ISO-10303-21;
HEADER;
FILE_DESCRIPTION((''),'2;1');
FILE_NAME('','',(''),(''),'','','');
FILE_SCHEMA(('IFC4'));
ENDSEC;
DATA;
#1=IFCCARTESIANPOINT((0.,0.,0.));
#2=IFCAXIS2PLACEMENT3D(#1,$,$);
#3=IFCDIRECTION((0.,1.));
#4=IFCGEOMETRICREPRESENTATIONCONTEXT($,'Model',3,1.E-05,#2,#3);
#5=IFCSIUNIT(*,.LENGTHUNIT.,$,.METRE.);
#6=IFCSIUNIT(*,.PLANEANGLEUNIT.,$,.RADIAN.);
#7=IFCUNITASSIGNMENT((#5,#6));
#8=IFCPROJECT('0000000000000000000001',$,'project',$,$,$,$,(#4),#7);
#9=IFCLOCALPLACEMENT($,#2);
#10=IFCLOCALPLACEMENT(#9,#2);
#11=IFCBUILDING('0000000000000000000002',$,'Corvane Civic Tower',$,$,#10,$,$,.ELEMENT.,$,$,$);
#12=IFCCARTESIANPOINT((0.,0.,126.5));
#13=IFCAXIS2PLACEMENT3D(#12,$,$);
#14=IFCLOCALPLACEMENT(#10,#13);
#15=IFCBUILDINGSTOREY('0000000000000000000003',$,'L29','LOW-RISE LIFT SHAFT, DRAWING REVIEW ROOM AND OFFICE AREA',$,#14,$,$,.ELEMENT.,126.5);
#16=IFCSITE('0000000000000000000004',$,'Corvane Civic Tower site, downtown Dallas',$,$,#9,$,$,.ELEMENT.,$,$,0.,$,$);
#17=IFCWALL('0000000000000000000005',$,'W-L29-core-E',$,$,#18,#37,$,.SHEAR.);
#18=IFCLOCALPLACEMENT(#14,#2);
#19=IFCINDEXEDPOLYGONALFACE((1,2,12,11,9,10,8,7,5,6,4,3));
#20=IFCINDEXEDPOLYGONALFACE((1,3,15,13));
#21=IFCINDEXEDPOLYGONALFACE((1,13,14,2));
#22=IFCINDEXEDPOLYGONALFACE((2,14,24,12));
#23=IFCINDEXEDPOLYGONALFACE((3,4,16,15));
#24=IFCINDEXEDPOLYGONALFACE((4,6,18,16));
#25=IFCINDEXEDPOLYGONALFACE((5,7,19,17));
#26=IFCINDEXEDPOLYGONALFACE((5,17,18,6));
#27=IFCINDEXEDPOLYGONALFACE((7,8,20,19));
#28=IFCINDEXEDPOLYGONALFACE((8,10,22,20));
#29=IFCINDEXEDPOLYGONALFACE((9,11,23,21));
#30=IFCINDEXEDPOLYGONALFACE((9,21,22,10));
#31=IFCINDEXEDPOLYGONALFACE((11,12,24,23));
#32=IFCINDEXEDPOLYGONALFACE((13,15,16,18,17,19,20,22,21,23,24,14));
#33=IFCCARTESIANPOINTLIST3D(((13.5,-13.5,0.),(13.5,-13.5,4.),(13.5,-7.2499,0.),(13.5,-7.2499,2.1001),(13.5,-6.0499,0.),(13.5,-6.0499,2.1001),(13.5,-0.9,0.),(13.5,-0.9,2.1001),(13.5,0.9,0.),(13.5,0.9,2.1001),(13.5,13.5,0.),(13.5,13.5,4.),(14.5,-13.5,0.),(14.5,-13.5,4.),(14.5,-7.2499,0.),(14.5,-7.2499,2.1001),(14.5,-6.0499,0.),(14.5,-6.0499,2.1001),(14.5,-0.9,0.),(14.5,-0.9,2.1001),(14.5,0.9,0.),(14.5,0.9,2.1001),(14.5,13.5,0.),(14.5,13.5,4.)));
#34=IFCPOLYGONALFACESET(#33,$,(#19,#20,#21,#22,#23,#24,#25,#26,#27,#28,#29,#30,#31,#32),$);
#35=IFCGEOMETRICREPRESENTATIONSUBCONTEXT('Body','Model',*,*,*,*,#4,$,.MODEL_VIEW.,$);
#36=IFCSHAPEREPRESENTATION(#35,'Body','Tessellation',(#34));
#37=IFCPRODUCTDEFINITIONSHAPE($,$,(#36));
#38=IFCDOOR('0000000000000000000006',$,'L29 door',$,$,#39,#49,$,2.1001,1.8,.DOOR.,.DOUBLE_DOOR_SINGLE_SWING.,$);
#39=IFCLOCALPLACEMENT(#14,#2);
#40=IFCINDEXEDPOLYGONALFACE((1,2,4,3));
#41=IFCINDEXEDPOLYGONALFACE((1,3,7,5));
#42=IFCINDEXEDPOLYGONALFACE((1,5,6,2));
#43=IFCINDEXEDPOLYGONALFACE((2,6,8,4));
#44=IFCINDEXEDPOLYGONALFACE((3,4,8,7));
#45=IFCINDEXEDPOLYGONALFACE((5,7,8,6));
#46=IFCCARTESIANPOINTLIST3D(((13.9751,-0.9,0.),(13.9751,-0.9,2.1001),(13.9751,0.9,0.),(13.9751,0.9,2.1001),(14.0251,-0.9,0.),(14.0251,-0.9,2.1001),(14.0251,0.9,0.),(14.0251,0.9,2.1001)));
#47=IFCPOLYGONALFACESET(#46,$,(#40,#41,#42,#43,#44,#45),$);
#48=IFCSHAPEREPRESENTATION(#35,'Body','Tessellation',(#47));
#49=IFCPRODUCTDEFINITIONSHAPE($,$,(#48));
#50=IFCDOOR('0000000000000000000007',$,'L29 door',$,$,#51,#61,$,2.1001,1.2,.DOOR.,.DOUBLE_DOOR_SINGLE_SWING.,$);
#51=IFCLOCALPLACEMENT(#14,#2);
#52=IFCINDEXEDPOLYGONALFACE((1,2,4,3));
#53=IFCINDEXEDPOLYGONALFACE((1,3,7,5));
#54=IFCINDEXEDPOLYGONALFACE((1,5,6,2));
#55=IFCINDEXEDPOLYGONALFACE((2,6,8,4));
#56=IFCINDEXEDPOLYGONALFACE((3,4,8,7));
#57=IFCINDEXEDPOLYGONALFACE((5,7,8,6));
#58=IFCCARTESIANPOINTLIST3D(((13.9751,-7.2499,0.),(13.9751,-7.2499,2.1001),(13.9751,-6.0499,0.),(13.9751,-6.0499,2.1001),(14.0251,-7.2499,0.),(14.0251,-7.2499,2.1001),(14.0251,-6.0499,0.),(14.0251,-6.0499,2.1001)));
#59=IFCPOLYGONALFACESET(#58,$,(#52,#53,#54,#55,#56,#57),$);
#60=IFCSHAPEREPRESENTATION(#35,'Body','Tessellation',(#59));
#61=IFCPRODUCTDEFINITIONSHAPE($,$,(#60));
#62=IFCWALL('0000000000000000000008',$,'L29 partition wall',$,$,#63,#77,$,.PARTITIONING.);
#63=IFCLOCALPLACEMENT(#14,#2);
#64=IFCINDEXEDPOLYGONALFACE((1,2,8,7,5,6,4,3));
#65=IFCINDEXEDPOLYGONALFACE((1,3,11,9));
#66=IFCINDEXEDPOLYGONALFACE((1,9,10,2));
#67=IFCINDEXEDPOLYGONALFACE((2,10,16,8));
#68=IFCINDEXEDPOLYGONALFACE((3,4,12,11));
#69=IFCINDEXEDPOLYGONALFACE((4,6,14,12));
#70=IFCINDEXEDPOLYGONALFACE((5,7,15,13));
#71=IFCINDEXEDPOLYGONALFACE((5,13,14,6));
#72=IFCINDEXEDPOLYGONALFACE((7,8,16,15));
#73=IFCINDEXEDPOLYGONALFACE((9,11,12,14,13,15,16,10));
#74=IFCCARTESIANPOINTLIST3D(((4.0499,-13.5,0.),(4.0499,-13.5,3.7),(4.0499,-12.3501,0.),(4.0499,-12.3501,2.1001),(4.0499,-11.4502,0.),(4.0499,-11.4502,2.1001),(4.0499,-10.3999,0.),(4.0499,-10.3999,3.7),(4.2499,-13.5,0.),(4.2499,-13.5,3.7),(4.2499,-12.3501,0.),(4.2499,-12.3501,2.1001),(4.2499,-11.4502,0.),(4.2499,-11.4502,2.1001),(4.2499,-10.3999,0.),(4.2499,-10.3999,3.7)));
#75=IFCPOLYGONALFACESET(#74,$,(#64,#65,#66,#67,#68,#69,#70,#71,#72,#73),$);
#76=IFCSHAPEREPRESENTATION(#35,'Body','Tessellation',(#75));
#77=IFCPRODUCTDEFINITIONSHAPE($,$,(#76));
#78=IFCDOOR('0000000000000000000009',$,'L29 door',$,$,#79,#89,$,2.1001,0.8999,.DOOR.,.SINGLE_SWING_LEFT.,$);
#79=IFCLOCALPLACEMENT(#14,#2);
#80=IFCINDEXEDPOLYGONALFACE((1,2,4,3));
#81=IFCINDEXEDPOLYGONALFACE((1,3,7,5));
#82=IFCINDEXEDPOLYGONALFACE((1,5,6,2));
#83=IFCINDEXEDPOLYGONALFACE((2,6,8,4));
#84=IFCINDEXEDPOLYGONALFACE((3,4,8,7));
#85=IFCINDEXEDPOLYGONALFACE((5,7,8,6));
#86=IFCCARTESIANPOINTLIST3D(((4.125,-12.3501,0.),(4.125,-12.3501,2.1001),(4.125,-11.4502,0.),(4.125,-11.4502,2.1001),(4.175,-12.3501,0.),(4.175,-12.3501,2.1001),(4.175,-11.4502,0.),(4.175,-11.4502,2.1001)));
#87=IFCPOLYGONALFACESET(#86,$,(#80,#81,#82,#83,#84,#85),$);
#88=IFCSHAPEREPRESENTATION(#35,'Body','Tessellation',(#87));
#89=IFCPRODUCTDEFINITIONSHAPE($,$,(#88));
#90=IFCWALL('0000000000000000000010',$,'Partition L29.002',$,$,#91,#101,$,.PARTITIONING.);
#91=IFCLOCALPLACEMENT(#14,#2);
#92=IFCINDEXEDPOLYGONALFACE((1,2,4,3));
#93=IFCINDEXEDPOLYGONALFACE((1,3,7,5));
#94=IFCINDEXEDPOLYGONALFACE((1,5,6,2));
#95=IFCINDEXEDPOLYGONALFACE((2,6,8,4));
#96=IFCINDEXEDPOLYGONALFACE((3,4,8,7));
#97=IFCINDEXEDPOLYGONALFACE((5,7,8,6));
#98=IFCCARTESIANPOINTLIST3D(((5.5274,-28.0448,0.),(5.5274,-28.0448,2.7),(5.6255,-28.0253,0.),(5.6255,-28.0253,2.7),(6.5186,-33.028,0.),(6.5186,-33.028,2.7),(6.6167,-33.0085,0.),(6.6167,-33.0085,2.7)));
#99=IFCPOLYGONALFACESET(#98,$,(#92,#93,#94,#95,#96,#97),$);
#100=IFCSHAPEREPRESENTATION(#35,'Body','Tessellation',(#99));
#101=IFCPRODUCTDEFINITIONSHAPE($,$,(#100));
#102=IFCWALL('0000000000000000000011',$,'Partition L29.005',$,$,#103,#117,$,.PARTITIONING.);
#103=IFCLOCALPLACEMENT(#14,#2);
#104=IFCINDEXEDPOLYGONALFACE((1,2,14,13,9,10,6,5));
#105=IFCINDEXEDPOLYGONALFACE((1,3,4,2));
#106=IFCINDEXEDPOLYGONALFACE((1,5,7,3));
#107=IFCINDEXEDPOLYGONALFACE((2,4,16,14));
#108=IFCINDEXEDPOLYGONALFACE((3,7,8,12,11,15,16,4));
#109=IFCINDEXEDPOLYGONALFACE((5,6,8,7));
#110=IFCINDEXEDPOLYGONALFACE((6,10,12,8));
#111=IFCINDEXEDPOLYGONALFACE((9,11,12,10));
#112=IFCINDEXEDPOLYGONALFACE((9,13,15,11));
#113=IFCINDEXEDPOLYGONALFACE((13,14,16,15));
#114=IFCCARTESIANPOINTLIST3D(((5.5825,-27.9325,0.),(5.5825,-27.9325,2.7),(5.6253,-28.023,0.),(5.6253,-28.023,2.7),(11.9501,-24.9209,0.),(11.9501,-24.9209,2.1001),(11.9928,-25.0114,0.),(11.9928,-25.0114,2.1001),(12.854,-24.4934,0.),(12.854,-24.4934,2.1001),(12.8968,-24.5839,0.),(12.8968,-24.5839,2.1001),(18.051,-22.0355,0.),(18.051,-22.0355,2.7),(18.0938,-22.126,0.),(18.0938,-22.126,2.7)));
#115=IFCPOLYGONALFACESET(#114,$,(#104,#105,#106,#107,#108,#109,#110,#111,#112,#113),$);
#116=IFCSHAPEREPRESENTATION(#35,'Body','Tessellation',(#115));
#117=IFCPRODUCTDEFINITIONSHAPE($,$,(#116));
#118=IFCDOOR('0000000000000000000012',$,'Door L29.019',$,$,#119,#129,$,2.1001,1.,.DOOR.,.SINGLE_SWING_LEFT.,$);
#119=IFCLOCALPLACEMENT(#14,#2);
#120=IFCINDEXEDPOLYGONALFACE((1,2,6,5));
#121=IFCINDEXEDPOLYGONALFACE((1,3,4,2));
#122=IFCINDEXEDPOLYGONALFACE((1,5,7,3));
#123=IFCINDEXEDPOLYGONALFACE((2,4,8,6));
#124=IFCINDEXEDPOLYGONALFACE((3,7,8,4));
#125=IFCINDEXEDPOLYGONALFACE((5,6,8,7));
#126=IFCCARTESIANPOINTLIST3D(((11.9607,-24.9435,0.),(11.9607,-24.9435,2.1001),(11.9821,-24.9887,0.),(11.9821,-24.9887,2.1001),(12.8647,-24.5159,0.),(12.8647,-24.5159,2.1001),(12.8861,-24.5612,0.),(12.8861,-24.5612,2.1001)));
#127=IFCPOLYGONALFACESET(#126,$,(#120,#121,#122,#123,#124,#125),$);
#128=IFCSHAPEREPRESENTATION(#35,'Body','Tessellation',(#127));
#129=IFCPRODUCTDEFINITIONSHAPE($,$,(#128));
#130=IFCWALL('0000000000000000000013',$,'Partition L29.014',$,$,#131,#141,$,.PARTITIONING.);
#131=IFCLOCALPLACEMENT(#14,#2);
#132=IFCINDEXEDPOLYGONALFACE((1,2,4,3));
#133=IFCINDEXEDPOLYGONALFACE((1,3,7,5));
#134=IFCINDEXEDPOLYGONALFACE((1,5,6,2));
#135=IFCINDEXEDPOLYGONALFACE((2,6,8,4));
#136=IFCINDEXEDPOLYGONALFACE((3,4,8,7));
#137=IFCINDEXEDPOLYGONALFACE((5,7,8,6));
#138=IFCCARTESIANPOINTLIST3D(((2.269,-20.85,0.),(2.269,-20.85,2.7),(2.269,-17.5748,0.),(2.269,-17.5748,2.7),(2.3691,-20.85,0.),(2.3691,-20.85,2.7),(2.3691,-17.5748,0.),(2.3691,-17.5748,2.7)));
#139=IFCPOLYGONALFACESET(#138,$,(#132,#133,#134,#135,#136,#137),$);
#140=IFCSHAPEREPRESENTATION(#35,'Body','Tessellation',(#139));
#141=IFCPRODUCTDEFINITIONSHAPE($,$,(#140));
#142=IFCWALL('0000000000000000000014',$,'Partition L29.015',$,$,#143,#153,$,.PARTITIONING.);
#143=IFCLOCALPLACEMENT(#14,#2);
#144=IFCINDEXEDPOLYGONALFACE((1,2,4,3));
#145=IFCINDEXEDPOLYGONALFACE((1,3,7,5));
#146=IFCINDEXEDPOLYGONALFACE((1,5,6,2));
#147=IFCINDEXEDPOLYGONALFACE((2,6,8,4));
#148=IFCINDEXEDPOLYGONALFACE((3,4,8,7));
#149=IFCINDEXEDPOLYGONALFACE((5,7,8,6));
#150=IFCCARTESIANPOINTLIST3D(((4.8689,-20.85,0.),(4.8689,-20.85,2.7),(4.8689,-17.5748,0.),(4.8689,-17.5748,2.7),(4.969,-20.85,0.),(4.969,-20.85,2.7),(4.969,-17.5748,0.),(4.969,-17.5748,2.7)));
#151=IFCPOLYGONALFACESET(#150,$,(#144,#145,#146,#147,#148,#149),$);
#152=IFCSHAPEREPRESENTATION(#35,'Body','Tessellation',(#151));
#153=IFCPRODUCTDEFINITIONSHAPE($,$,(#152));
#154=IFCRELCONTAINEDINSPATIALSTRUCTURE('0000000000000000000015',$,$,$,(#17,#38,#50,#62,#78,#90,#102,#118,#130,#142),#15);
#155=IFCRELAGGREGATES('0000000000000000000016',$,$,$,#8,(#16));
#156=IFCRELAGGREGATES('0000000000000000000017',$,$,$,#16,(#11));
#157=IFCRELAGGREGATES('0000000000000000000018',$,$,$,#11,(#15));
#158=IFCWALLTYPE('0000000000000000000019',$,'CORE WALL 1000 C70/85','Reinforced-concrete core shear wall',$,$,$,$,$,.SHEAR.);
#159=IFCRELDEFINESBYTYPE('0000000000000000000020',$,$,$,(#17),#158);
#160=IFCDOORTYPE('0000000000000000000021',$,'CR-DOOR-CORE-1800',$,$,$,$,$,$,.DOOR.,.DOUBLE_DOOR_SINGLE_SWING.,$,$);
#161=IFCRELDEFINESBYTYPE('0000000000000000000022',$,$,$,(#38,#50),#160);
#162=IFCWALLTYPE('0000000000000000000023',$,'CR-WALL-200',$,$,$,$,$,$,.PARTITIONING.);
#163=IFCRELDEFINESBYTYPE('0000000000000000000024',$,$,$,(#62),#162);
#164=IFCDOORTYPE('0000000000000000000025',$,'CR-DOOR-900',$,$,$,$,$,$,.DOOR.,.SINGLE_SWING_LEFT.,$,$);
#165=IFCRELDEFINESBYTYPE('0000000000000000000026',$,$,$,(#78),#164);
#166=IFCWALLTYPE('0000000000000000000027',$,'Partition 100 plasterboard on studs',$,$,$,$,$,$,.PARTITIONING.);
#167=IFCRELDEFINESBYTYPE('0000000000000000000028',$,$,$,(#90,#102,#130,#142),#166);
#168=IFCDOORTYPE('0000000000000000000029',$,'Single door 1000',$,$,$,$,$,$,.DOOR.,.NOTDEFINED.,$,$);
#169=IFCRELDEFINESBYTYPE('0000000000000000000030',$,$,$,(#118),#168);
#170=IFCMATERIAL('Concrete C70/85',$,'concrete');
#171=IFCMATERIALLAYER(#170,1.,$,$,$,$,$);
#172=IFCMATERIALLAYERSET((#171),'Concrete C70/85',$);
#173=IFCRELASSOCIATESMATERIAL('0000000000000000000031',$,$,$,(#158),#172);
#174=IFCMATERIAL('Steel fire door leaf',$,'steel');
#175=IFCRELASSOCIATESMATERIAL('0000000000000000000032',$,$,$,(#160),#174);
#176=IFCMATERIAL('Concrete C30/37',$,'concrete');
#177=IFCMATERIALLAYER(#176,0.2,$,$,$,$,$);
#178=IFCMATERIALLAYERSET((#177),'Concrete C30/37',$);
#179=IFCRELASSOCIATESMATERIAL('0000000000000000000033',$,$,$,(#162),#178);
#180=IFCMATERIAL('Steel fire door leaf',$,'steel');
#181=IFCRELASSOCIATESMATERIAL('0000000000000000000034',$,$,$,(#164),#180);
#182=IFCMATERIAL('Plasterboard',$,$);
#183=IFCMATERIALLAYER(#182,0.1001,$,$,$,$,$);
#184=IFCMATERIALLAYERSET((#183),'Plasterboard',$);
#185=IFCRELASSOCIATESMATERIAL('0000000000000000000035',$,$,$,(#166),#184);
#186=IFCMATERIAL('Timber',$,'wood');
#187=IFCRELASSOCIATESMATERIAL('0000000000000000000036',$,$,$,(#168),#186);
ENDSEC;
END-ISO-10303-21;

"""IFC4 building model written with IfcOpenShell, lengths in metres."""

from ifc_helpers import new_model, si_unit, direction, frame, frame_2d, origin, place, context, subcontext, project, spatial, rectangle, extrude, material, layer, layer_set, type_object, element, fill, save


model = new_model("IFC4")

# Units and contexts
model_context = context("Model", 3, precision=1e-05, world=origin(), true_north=direction((0.0, 1.0)))
body_context = subcontext(model_context, "Body", "Model", "MODEL_VIEW")
ifc_project = project(units=[si_unit("LENGTHUNIT", "METRE"), si_unit("PLANEANGLEUNIT", "RADIAN")], contexts=[model_context])

# Site, building, storey
site_placement = place(None, origin())
site = spatial("IfcSite", under=ifc_project, at=site_placement, Name="Corvane Civic Tower site, downtown Dallas", CompositionType="ELEMENT", RefElevation=0.0)
building_placement = place(site_placement, origin())
building = spatial("IfcBuilding", under=site, at=building_placement, Name="Corvane Civic Tower", CompositionType="ELEMENT")
storey_placement = place(building_placement, frame((0.0, 0.0, 126.5)))
storey = spatial("IfcBuildingStorey", under=building, at=storey_placement, Name="L29", Description="LOW-RISE LIFT SHAFT, DRAWING REVIEW ROOM AND OFFICE AREA", CompositionType="ELEMENT", Elevation=126.5)

# Wall, openings, doors
ifc_material_1 = material(Name="Concrete C70/85", Category="concrete")
ifc_layer_1 = layer(ifc_material_1, 1.0)
ifc_layer_set_1 = layer_set([ifc_layer_1], Name="Concrete C70/85")
wall_type_1 = type_object("IfcWallType", Name="CORE WALL 1000 C70/85", Description="Reinforced-concrete core shear wall", PredefinedType="SHEAR", material=ifc_layer_set_1)
wall_1_placement = place(storey_placement, frame((14.0, -13.5, 0.0), z_axis=(0.0, 0.0, 1.0), x_axis=(0.0, 1.0, 0.0)))
wall_1 = element("IfcWall", 1, at=wall_1_placement, inside=storey, type_object=wall_type_1, Name="W-L29-core-E", PredefinedType="SHEAR", context=body_context, shape_type="SweptSolid", body=[
    extrude(rectangle(XDim=27.0, YDim=1.0, at=frame_2d((13.5, 0.0))), origin(), (0.0, 0.0, 1.0), 4.0),
])
opening_1_placement = place(wall_1_placement, frame((12.6001, 0.0, 0.0)))
opening_1 = element("IfcOpeningElement", 2, at=opening_1_placement, cuts=wall_1, PredefinedType="OPENING", context=body_context, shape_type="SweptSolid", body=[
    extrude(rectangle(XDim=1.8, YDim=2.1001, at=frame_2d((0.8999, 1.05))), frame((0.0, 0.51, 0.0), z_axis=(0.0, -1.0, 0.0), x_axis=(1.0, 0.0, 0.0)), (0.0, 0.0, 1.0), 1.02),
])
opening_2_placement = place(wall_1_placement, frame((6.25, 0.0, 0.0)))
opening_2 = element("IfcOpeningElement", 3, at=opening_2_placement, cuts=wall_1, PredefinedType="OPENING", context=body_context, shape_type="SweptSolid", body=[
    extrude(rectangle(XDim=1.2, YDim=2.1001, at=frame_2d((0.6001, 1.05))), frame((0.0, 0.51, 0.0), z_axis=(0.0, -1.0, 0.0), x_axis=(1.0, 0.0, 0.0)), (0.0, 0.0, 1.0), 1.02),
])
ifc_material_2 = material(Name="Steel fire door leaf", Category="steel")
door_type_1 = type_object("IfcDoorType", Name="CR-DOOR-CORE-1800", OperationType="DOUBLE_DOOR_SINGLE_SWING", PredefinedType="DOOR", material=ifc_material_2)
door_1_placement = place(opening_1_placement, origin())
door_1 = element("IfcDoor", 4, at=door_1_placement, inside=storey, type_object=door_type_1, Name="L29 door", OperationType="DOUBLE_DOOR_SINGLE_SWING", OverallHeight=2.1001, OverallWidth=1.8, PredefinedType="DOOR", context=body_context, shape_type="SweptSolid", body=[
    extrude(rectangle(XDim=1.8, YDim=2.1001, at=frame_2d((0.8999, 1.05))), frame((0.0, 0.0249, 0.0), z_axis=(0.0, -1.0, 0.0), x_axis=(1.0, 0.0, 0.0)), (0.0, 0.0, 1.0), 0.05),
])
fill(opening_1, door_1)
door_2_placement = place(opening_2_placement, origin())
door_2 = element("IfcDoor", 5, at=door_2_placement, inside=storey, type_object=door_type_1, Name="L29 door", OperationType="DOUBLE_DOOR_SINGLE_SWING", OverallHeight=2.1001, OverallWidth=1.2, PredefinedType="DOOR", context=body_context, shape_type="SweptSolid", body=[
    extrude(rectangle(XDim=1.2, YDim=2.1001, at=frame_2d((0.6001, 1.05))), frame((0.0, 0.0249, 0.0), z_axis=(0.0, -1.0, 0.0), x_axis=(1.0, 0.0, 0.0)), (0.0, 0.0, 1.0), 0.05),
])
fill(opening_2, door_2)

# Wall, opening, door
ifc_material_3 = material(Name="Concrete C30/37", Category="concrete")
ifc_layer_2 = layer(ifc_material_3, 0.2)
ifc_layer_set_2 = layer_set([ifc_layer_2], Name="Concrete C30/37")
wall_type_2 = type_object("IfcWallType", Name="CR-WALL-200", PredefinedType="PARTITIONING", material=ifc_layer_set_2)
wall_2_placement = place(storey_placement, frame((4.1499, -13.5, 0.0), z_axis=(0.0, 0.0, 1.0), x_axis=(0.0, 1.0, 0.0)))
wall_2 = element("IfcWall", 6, at=wall_2_placement, inside=storey, type_object=wall_type_2, Name="L29 partition wall", PredefinedType="PARTITIONING", context=body_context, shape_type="SweptSolid", body=[
    extrude(rectangle(XDim=3.1001, YDim=0.2, at=frame_2d((1.55, 0.0))), origin(), (0.0, 0.0, 1.0), 3.7),
])
opening_3_placement = place(wall_2_placement, frame((1.1499, 0.0, 0.0)))
opening_3 = element("IfcOpeningElement", 7, at=opening_3_placement, cuts=wall_2, PredefinedType="OPENING", context=body_context, shape_type="SweptSolid", body=[
    extrude(rectangle(XDim=0.8999, YDim=2.1001, at=frame_2d((0.45, 1.05))), frame((0.0, 0.1099, 0.0), z_axis=(0.0, -1.0, 0.0), x_axis=(1.0, 0.0, 0.0)), (0.0, 0.0, 1.0), 0.22),
])
ifc_material_4 = material(Name="Steel fire door leaf", Category="steel")
door_type_2 = type_object("IfcDoorType", Name="CR-DOOR-900", OperationType="SINGLE_SWING_LEFT", PredefinedType="DOOR", material=ifc_material_4)
door_3_placement = place(opening_3_placement, origin())
door_3 = element("IfcDoor", 8, at=door_3_placement, inside=storey, type_object=door_type_2, Name="L29 door", OperationType="SINGLE_SWING_LEFT", OverallHeight=2.1001, OverallWidth=0.8999, PredefinedType="DOOR", context=body_context, shape_type="SweptSolid", body=[
    extrude(rectangle(XDim=0.8999, YDim=2.1001, at=frame_2d((0.45, 1.05))), frame((0.0, 0.0249, 0.0), z_axis=(0.0, -1.0, 0.0), x_axis=(1.0, 0.0, 0.0)), (0.0, 0.0, 1.0), 0.05),
])
fill(opening_3, door_3)

# Wall
ifc_material_5 = material(Name="Plasterboard")
ifc_layer_3 = layer(ifc_material_5, 0.1001)
ifc_layer_set_3 = layer_set([ifc_layer_3], Name="Plasterboard")
wall_type_3 = type_object("IfcWallType", Name="Partition 100 plasterboard on studs", PredefinedType="PARTITIONING", material=ifc_layer_set_3)
wall_3_placement = place(storey_placement, frame((5.5764, -28.0349, 0.0), z_axis=(0.0, 0.0, 1.0), x_axis=(0.19509, -0.980785, 0.0)))
element("IfcWall", 9, at=wall_3_placement, inside=storey, type_object=wall_type_3, Name="Partition L29.002", PredefinedType="PARTITIONING", context=body_context, shape_type="SweptSolid", body=[
    extrude(rectangle(XDim=5.0808, YDim=0.1001, at=frame_2d((2.5405, 0.0))), origin(), (0.0, 0.0, 1.0), 2.7),
])

# Wall, opening, door
wall_4_placement = place(storey_placement, frame((5.6038, -27.9778, 0.0), z_axis=(0.0, 0.0, 1.0), x_axis=(0.903995, 0.427544, 0.0)))
wall_4 = element("IfcWall", 10, at=wall_4_placement, inside=storey, type_object=wall_type_3, Name="Partition L29.005", PredefinedType="PARTITIONING", context=body_context, shape_type="SweptSolid", body=[
    extrude(rectangle(XDim=13.7927, YDim=0.1001, at=frame_2d((6.8965, 0.0))), origin(), (0.0, 0.0, 1.0), 2.7),
])
opening_4_placement = place(wall_4_placement, frame((7.0439, 0.0, 0.0)))
opening_4 = element("IfcOpeningElement", 11, at=opening_4_placement, cuts=wall_4, PredefinedType="OPENING", context=body_context, shape_type="SweptSolid", body=[
    extrude(rectangle(XDim=1.0, YDim=2.1001, at=frame_2d((0.5, 1.05))), frame((0.0, 0.0601, 0.0), z_axis=(0.0, -1.0, 0.0), x_axis=(1.0, 0.0, 0.0)), (0.0, 0.0, 1.0), 0.1201),
])
ifc_material_6 = material(Name="Timber", Category="wood")
door_type_3 = type_object("IfcDoorType", Name="Single door 1000", OperationType="NOTDEFINED", PredefinedType="DOOR", material=ifc_material_6)
door_4_placement = place(opening_4_placement, frame((1.0, 0.0, 0.0), z_axis=(0.0, 0.0, 1.0), x_axis=(-1.0, 0.0, 0.0)))
door_4 = element("IfcDoor", 12, at=door_4_placement, inside=storey, type_object=door_type_3, Name="Door L29.019", OperationType="SINGLE_SWING_LEFT", OverallHeight=2.1001, OverallWidth=1.0, PredefinedType="DOOR", context=body_context, shape_type="SweptSolid", body=[
    extrude(rectangle(XDim=1.0, YDim=2.1001, at=frame_2d((0.5, 1.05))), frame((0.0, 0.0249, 0.0), z_axis=(0.0, -1.0, 0.0), x_axis=(1.0, 0.0, 0.0)), (0.0, 0.0, 1.0), 0.05),
])
fill(opening_4, door_4)

# Walls
for number, where, z_axis, x_axis, name in (
    (13, (2.3191, -20.8501, 0.0), (0.0, 0.0, 1.0), (0.0, 1.0, 0.0), "Partition L29.014"),
    (14, (4.9189, -20.8501, 0.0), (0.0, 0.0, 1.0), (0.0, 1.0, 0.0), "Partition L29.015"),
):
    element("IfcWall", number, at=place(storey_placement, frame(where, z_axis=z_axis, x_axis=x_axis)), inside=storey, type_object=wall_type_3, Name=name, PredefinedType="PARTITIONING", context=body_context, shape_type="SweptSolid", body=[
        extrude(rectangle(XDim=3.2751, YDim=0.1001, at=frame_2d((1.6377, 0.0))), origin(), (0.0, 0.0, 1.0), 2.7),
    ])

save(model, "model.ifc")
